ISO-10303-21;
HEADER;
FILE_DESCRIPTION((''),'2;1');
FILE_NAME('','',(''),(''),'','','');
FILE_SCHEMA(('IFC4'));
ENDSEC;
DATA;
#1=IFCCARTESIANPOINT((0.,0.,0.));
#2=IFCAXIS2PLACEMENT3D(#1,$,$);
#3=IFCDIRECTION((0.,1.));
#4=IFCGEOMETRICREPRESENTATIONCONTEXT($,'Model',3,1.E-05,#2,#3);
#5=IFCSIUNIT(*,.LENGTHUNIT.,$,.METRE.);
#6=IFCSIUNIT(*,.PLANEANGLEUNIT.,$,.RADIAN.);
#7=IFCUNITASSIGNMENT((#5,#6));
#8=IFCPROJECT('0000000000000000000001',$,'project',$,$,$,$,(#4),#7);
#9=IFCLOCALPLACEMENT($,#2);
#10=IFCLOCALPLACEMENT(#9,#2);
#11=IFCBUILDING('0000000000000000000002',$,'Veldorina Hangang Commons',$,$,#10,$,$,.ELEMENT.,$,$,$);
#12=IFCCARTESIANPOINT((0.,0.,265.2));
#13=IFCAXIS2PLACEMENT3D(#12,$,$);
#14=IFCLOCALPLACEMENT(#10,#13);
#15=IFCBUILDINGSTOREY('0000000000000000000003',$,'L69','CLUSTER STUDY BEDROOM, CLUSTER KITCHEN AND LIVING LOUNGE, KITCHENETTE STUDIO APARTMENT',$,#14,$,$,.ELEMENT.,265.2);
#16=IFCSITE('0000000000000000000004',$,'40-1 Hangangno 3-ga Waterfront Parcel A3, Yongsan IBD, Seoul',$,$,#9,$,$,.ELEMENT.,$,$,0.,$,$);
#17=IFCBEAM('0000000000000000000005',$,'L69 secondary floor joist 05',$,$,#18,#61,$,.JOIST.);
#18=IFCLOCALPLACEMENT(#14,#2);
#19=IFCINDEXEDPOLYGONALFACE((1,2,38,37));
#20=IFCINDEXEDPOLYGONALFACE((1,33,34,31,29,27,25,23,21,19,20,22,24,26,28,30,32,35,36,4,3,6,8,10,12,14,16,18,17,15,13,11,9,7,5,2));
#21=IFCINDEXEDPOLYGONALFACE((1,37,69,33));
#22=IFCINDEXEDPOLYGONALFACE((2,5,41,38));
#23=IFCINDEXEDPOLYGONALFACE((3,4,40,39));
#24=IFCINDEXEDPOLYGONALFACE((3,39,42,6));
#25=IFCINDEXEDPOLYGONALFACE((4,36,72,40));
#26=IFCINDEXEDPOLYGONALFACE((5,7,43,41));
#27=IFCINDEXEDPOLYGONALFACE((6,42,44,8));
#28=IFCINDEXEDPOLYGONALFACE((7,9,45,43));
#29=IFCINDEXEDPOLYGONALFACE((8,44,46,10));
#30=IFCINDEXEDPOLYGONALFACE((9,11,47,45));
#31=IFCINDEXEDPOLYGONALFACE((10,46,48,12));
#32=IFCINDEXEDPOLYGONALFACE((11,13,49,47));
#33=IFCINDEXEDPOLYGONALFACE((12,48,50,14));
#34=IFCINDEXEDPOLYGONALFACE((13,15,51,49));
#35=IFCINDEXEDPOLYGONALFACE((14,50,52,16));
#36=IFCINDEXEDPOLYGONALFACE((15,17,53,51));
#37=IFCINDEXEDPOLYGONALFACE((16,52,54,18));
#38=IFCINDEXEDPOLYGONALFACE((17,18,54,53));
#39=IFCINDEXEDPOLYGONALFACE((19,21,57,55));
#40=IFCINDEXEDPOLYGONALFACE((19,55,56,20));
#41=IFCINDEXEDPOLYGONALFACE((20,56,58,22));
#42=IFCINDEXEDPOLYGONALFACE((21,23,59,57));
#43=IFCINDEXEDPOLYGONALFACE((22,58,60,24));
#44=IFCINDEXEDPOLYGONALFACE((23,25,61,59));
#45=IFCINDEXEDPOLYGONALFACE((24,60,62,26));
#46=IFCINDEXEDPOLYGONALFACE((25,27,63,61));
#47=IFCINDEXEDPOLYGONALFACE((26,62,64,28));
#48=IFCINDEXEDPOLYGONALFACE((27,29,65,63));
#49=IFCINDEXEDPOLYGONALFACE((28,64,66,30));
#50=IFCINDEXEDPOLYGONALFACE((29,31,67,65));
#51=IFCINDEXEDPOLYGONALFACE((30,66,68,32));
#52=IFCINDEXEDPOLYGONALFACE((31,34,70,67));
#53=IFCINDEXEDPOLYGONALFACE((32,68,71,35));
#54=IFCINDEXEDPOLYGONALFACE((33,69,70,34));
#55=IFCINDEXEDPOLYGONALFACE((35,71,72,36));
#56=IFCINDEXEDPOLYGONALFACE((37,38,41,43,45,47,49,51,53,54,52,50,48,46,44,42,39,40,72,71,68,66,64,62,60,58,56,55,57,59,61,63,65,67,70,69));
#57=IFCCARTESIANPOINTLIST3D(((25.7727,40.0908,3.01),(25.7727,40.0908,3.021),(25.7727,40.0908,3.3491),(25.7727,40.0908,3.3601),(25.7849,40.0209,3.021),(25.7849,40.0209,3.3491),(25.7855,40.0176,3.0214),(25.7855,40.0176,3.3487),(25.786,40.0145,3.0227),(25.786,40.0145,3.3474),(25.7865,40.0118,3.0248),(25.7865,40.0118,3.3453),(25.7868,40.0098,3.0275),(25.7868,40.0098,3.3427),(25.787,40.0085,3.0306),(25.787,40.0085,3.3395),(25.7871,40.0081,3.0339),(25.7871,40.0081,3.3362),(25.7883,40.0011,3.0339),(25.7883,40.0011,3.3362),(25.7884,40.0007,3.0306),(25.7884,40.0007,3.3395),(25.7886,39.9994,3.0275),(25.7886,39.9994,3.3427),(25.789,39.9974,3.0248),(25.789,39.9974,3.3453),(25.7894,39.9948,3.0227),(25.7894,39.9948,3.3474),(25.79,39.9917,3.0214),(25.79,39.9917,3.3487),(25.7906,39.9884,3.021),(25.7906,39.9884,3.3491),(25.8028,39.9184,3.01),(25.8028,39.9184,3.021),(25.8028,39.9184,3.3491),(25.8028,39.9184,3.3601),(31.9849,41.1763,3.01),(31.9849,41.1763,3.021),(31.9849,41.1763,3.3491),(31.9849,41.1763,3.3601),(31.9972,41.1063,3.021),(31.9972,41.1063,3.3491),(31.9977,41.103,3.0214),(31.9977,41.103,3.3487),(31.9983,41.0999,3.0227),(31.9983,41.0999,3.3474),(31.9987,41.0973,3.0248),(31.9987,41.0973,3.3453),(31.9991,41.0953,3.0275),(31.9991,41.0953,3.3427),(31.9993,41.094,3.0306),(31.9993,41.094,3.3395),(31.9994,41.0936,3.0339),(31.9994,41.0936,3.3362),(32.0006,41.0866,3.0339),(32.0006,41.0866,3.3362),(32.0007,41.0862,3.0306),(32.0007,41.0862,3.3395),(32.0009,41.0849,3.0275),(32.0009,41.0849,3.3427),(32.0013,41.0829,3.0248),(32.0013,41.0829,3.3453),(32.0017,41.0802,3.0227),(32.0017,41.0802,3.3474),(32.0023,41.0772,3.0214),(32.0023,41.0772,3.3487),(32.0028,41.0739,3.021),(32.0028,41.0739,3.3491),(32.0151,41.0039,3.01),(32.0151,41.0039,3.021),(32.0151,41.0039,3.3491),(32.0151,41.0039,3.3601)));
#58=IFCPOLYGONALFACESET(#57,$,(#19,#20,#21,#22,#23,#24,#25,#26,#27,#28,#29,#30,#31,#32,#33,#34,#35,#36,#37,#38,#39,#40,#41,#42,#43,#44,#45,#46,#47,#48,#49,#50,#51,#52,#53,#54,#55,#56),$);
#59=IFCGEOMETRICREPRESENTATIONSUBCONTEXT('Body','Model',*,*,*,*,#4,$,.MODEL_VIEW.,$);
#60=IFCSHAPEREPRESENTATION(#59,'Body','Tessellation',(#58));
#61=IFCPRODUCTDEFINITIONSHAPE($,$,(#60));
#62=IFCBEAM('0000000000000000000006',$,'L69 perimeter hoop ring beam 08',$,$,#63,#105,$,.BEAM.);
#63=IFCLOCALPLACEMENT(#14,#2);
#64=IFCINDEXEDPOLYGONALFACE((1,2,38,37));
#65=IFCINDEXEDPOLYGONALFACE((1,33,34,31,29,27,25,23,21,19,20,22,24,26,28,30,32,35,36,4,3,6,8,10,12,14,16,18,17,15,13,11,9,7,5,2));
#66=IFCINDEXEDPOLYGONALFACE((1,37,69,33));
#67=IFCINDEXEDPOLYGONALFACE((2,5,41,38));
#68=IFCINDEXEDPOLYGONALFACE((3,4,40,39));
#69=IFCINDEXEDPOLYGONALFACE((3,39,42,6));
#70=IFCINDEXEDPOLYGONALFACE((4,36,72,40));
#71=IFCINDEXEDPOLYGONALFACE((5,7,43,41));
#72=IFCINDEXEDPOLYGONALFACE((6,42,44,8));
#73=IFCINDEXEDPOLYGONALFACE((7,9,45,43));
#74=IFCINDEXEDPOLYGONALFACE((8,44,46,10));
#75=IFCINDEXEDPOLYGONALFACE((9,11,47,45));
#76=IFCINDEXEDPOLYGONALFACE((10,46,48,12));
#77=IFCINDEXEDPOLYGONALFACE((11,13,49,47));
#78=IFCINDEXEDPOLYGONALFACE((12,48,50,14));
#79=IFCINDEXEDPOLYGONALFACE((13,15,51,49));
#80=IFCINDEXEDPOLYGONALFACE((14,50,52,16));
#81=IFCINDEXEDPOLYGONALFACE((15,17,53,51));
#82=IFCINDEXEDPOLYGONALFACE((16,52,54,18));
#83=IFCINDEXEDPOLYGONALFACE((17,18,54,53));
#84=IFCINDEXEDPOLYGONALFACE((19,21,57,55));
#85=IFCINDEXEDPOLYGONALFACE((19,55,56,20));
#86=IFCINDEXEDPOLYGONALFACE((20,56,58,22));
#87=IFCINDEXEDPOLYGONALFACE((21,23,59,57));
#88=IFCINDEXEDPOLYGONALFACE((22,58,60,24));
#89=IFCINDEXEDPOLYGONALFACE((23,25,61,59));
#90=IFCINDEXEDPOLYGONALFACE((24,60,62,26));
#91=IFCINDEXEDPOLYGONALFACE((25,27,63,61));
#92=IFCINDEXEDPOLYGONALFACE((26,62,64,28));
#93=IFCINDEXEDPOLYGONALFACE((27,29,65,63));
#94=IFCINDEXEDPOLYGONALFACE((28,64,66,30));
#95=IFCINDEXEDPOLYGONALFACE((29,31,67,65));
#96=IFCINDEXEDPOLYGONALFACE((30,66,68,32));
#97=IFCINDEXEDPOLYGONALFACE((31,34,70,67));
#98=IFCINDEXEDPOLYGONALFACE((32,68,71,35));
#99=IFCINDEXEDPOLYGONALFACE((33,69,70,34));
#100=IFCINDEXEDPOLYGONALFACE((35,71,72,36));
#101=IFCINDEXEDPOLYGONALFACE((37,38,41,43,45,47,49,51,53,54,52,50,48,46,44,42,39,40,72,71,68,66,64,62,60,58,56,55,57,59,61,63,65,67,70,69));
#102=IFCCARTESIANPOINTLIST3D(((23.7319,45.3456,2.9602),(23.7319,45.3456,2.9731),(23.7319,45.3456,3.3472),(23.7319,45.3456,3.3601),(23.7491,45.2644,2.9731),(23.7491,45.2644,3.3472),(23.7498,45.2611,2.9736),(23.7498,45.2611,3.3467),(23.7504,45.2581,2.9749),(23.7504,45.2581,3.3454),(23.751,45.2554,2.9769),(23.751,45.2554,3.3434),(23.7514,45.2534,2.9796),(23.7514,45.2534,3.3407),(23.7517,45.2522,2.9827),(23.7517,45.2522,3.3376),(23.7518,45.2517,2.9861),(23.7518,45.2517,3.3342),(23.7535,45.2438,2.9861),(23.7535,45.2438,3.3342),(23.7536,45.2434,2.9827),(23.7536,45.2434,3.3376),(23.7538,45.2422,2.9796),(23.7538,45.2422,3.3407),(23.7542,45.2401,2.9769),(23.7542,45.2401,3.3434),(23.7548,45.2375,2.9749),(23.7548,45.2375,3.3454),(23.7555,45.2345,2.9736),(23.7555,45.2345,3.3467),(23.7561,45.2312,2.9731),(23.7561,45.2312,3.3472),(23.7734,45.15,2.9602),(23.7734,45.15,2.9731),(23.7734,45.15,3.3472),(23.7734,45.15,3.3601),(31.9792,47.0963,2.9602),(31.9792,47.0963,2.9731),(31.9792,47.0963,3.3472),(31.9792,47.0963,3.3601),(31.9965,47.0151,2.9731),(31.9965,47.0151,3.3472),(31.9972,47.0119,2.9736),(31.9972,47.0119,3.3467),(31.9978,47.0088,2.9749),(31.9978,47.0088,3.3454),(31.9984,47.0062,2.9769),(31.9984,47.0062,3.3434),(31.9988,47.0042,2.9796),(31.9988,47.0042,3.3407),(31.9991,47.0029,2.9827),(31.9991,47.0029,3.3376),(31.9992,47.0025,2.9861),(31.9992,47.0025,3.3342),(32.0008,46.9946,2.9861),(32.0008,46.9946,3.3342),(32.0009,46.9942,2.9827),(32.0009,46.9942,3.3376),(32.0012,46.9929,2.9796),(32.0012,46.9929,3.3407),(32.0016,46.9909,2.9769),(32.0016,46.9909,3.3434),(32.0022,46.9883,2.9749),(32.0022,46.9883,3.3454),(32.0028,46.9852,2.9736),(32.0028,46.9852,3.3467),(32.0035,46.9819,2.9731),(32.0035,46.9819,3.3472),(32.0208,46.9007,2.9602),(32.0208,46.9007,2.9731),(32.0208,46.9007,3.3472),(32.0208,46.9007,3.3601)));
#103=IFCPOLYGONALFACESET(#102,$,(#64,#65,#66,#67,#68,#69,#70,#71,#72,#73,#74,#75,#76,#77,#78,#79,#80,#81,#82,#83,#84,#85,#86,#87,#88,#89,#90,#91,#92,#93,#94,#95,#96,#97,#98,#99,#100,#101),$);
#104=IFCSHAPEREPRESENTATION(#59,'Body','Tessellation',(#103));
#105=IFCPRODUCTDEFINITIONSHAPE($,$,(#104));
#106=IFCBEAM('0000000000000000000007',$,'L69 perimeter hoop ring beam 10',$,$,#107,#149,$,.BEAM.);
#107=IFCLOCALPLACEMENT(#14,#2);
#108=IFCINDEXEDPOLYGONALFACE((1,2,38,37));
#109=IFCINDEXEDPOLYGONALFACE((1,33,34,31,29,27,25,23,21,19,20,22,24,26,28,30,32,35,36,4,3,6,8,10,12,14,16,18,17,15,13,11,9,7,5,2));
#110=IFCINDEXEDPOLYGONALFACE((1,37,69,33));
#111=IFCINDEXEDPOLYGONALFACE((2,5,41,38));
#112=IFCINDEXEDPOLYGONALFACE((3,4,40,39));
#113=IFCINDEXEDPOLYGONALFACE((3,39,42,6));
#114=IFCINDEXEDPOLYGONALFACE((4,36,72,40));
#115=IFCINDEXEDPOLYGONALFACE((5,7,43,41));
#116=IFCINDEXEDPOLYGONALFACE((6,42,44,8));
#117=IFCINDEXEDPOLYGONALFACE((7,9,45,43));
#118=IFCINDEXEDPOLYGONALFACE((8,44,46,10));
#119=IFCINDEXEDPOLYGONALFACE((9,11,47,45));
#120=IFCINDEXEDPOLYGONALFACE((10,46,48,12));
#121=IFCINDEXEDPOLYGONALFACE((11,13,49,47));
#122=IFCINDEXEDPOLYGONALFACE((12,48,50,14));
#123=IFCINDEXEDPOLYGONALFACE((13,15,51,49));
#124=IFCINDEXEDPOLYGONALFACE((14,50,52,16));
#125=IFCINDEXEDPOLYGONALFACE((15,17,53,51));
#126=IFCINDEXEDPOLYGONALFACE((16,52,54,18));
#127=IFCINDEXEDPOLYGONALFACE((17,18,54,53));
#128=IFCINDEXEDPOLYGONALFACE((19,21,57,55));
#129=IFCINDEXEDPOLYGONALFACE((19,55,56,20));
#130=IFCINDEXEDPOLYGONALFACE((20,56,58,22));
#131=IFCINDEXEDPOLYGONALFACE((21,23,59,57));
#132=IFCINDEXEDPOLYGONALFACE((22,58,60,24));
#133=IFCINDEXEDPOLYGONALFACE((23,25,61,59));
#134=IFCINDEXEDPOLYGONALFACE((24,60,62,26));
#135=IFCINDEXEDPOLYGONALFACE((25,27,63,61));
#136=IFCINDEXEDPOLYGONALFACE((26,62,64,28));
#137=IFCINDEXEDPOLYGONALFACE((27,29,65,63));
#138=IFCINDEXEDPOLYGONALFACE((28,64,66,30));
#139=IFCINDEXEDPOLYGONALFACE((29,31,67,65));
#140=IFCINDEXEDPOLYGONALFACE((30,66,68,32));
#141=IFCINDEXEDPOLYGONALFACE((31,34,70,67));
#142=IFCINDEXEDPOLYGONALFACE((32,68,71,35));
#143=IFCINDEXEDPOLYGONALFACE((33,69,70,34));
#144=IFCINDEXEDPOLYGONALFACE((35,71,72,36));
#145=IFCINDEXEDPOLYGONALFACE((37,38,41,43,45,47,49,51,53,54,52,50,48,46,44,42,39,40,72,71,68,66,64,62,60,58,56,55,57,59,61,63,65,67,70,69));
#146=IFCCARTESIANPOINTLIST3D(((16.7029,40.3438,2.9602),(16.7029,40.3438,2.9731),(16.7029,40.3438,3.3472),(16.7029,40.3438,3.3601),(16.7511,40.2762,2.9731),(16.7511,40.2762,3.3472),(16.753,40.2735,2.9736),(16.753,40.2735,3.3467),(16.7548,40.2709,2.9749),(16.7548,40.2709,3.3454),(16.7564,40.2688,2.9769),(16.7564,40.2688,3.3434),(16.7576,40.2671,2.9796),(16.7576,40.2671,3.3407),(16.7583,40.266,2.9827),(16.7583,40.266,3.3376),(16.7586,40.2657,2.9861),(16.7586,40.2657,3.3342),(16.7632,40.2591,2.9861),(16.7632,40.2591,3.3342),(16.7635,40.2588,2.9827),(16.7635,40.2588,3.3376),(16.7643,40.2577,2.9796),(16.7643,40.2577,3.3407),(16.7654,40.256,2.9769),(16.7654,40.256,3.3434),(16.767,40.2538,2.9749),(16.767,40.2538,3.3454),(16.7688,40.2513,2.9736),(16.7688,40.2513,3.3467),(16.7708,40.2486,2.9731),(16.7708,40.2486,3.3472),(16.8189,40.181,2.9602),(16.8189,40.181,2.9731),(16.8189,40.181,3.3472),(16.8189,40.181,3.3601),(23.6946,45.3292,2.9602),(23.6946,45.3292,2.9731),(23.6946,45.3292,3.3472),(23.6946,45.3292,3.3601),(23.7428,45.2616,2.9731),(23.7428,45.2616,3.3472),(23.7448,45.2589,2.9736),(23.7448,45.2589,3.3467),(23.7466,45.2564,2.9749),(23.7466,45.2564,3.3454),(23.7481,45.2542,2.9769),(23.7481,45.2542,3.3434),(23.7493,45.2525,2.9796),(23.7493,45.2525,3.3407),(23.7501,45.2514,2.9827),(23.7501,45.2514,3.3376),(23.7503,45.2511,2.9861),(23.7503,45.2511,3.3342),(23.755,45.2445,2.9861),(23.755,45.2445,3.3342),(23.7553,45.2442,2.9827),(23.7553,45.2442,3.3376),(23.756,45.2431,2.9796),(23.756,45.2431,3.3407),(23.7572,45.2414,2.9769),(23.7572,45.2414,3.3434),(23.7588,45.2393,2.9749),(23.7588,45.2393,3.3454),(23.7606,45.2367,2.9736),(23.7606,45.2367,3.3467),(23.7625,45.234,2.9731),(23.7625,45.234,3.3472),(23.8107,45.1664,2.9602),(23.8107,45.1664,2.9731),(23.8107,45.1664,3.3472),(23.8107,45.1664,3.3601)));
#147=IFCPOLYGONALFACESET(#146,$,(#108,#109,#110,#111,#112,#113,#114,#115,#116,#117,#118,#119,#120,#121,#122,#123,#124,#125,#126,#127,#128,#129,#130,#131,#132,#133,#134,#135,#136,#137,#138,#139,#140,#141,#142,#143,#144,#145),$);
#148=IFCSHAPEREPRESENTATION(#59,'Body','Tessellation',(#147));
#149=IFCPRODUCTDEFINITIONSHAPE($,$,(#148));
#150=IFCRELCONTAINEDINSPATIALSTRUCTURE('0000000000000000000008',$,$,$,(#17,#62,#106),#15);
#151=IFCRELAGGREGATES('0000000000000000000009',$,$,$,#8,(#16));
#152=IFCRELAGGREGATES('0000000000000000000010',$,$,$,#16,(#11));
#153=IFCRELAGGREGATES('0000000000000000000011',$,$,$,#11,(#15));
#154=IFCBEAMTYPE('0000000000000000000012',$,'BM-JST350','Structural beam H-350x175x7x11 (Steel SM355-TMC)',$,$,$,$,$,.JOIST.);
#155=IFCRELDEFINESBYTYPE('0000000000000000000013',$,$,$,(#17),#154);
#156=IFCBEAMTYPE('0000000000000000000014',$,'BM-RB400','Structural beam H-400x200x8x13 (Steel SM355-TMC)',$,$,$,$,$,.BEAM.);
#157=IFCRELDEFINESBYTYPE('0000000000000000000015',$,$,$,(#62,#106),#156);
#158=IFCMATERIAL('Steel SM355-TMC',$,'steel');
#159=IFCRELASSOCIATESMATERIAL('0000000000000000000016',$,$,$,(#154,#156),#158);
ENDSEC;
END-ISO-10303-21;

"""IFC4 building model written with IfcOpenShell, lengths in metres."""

from ifc_helpers import new_model, si_unit, direction, frame, origin, origin_2d, place, context, subcontext, project, spatial, i_section, extrude, material, material_profile, profile_set, type_object, element, save


model = new_model("IFC4")

# Units and contexts
model_context = context("Model", 3, precision=1e-05, world=origin(), true_north=direction((0.0, 1.0)))
body_context = subcontext(model_context, "Body", "Model", "MODEL_VIEW")
ifc_project = project(units=[si_unit("LENGTHUNIT", "METRE"), si_unit("PLANEANGLEUNIT", "RADIAN")], contexts=[model_context])

# Site, building, storey
site_placement = place(None, origin())
site = spatial("IfcSite", under=ifc_project, at=site_placement, Name="40-1 Hangangno 3-ga Waterfront Parcel A3, Yongsan IBD, Seoul", CompositionType="ELEMENT", RefElevation=0.0)
building_placement = place(site_placement, origin())
building = spatial("IfcBuilding", under=site, at=building_placement, Name="Veldorina Hangang Commons", CompositionType="ELEMENT")
storey_placement = place(building_placement, frame((0.0, 0.0, 265.2)))
storey = spatial("IfcBuildingStorey", under=building, at=storey_placement, Name="L69", Description="CLUSTER STUDY BEDROOM, CLUSTER KITCHEN AND LIVING LOUNGE, KITCHENETTE STUDIO APARTMENT", CompositionType="ELEMENT", Elevation=265.2)

# Beams
ifc_material_1 = material(Name="Steel SM355-TMC", Category="steel")
ifc_material_profile_1 = material_profile(ifc_material_1, i_section(OverallWidth=0.175, OverallDepth=0.3501, WebThickness=0.0071, FlangeThickness=0.011, FilletRadius=0.0129, at=origin_2d()), Name="H-350x175x7x11")
ifc_profile_set_1 = profile_set([ifc_material_profile_1], Name="Steel SM355-TMC")
beam_type_1 = type_object("IfcBeamType", Name="BM-JST350", Description="Structural beam H-350x175x7x11 (Steel SM355-TMC)", PredefinedType="JOIST", material=ifc_profile_set_1)
beam_1_placement = place(storey_placement, frame((32.0, 41.0901, 3.1851), z_axis=(-0.985076, -0.172122, 0.0), x_axis=(0.172122, -0.985076, 0.0)))
element("IfcBeam", 1, at=beam_1_placement, inside=storey, type_object=beam_type_1, Name="L69 secondary floor joist 05", PredefinedType="JOIST", context=body_context, shape_type="SweptSolid", body=[
    extrude(i_section(OverallWidth=0.175, OverallDepth=0.3501, WebThickness=0.0071, FlangeThickness=0.011, FilletRadius=0.0129, at=origin_2d()), origin(), (0.0, 0.0, 1.0), 6.3064),
])
ifc_material_profile_2 = material_profile(ifc_material_1, i_section(OverallWidth=0.2, OverallDepth=0.3999, WebThickness=0.0081, FlangeThickness=0.0129, FilletRadius=0.0129, at=origin_2d()), Name="H-400x200x8x13")
ifc_profile_set_2 = profile_set([ifc_material_profile_2], Name="Steel SM355-TMC")
beam_type_2 = type_object("IfcBeamType", Name="BM-RB400", Description="Structural beam H-400x200x8x13 (Steel SM355-TMC)", PredefinedType="BEAM", material=ifc_profile_set_2)
beam_2_placement = place(storey_placement, frame((32.0, 46.9985, 3.1602), z_axis=(-0.978203, -0.207652, 0.0), x_axis=(0.207652, -0.978203, 0.0)))
element("IfcBeam", 2, at=beam_2_placement, inside=storey, type_object=beam_type_2, Name="L69 perimeter hoop ring beam 08", PredefinedType="BEAM", context=body_context, shape_type="SweptSolid", body=[
    extrude(i_section(OverallWidth=0.2, OverallDepth=0.3999, WebThickness=0.0081, FlangeThickness=0.0129, FilletRadius=0.0129, at=origin_2d()), origin(), (0.0, 0.0, 1.0), 8.4312),
])
beam_3_placement = place(storey_placement, frame((23.7527, 45.2478, 3.1602), z_axis=(-0.814213, -0.580566, 0.0), x_axis=(0.580566, -0.814213, 0.0)))
element("IfcBeam", 3, at=beam_3_placement, inside=storey, type_object=beam_type_2, Name="L69 perimeter hoop ring beam 10", PredefinedType="BEAM", context=body_context, shape_type="SweptSolid", body=[
    extrude(i_section(OverallWidth=0.2, OverallDepth=0.3999, WebThickness=0.0081, FlangeThickness=0.0129, FilletRadius=0.0129, at=origin_2d()), origin(), (0.0, 0.0, 1.0), 8.5872),
])

save(model, "model.ifc")
